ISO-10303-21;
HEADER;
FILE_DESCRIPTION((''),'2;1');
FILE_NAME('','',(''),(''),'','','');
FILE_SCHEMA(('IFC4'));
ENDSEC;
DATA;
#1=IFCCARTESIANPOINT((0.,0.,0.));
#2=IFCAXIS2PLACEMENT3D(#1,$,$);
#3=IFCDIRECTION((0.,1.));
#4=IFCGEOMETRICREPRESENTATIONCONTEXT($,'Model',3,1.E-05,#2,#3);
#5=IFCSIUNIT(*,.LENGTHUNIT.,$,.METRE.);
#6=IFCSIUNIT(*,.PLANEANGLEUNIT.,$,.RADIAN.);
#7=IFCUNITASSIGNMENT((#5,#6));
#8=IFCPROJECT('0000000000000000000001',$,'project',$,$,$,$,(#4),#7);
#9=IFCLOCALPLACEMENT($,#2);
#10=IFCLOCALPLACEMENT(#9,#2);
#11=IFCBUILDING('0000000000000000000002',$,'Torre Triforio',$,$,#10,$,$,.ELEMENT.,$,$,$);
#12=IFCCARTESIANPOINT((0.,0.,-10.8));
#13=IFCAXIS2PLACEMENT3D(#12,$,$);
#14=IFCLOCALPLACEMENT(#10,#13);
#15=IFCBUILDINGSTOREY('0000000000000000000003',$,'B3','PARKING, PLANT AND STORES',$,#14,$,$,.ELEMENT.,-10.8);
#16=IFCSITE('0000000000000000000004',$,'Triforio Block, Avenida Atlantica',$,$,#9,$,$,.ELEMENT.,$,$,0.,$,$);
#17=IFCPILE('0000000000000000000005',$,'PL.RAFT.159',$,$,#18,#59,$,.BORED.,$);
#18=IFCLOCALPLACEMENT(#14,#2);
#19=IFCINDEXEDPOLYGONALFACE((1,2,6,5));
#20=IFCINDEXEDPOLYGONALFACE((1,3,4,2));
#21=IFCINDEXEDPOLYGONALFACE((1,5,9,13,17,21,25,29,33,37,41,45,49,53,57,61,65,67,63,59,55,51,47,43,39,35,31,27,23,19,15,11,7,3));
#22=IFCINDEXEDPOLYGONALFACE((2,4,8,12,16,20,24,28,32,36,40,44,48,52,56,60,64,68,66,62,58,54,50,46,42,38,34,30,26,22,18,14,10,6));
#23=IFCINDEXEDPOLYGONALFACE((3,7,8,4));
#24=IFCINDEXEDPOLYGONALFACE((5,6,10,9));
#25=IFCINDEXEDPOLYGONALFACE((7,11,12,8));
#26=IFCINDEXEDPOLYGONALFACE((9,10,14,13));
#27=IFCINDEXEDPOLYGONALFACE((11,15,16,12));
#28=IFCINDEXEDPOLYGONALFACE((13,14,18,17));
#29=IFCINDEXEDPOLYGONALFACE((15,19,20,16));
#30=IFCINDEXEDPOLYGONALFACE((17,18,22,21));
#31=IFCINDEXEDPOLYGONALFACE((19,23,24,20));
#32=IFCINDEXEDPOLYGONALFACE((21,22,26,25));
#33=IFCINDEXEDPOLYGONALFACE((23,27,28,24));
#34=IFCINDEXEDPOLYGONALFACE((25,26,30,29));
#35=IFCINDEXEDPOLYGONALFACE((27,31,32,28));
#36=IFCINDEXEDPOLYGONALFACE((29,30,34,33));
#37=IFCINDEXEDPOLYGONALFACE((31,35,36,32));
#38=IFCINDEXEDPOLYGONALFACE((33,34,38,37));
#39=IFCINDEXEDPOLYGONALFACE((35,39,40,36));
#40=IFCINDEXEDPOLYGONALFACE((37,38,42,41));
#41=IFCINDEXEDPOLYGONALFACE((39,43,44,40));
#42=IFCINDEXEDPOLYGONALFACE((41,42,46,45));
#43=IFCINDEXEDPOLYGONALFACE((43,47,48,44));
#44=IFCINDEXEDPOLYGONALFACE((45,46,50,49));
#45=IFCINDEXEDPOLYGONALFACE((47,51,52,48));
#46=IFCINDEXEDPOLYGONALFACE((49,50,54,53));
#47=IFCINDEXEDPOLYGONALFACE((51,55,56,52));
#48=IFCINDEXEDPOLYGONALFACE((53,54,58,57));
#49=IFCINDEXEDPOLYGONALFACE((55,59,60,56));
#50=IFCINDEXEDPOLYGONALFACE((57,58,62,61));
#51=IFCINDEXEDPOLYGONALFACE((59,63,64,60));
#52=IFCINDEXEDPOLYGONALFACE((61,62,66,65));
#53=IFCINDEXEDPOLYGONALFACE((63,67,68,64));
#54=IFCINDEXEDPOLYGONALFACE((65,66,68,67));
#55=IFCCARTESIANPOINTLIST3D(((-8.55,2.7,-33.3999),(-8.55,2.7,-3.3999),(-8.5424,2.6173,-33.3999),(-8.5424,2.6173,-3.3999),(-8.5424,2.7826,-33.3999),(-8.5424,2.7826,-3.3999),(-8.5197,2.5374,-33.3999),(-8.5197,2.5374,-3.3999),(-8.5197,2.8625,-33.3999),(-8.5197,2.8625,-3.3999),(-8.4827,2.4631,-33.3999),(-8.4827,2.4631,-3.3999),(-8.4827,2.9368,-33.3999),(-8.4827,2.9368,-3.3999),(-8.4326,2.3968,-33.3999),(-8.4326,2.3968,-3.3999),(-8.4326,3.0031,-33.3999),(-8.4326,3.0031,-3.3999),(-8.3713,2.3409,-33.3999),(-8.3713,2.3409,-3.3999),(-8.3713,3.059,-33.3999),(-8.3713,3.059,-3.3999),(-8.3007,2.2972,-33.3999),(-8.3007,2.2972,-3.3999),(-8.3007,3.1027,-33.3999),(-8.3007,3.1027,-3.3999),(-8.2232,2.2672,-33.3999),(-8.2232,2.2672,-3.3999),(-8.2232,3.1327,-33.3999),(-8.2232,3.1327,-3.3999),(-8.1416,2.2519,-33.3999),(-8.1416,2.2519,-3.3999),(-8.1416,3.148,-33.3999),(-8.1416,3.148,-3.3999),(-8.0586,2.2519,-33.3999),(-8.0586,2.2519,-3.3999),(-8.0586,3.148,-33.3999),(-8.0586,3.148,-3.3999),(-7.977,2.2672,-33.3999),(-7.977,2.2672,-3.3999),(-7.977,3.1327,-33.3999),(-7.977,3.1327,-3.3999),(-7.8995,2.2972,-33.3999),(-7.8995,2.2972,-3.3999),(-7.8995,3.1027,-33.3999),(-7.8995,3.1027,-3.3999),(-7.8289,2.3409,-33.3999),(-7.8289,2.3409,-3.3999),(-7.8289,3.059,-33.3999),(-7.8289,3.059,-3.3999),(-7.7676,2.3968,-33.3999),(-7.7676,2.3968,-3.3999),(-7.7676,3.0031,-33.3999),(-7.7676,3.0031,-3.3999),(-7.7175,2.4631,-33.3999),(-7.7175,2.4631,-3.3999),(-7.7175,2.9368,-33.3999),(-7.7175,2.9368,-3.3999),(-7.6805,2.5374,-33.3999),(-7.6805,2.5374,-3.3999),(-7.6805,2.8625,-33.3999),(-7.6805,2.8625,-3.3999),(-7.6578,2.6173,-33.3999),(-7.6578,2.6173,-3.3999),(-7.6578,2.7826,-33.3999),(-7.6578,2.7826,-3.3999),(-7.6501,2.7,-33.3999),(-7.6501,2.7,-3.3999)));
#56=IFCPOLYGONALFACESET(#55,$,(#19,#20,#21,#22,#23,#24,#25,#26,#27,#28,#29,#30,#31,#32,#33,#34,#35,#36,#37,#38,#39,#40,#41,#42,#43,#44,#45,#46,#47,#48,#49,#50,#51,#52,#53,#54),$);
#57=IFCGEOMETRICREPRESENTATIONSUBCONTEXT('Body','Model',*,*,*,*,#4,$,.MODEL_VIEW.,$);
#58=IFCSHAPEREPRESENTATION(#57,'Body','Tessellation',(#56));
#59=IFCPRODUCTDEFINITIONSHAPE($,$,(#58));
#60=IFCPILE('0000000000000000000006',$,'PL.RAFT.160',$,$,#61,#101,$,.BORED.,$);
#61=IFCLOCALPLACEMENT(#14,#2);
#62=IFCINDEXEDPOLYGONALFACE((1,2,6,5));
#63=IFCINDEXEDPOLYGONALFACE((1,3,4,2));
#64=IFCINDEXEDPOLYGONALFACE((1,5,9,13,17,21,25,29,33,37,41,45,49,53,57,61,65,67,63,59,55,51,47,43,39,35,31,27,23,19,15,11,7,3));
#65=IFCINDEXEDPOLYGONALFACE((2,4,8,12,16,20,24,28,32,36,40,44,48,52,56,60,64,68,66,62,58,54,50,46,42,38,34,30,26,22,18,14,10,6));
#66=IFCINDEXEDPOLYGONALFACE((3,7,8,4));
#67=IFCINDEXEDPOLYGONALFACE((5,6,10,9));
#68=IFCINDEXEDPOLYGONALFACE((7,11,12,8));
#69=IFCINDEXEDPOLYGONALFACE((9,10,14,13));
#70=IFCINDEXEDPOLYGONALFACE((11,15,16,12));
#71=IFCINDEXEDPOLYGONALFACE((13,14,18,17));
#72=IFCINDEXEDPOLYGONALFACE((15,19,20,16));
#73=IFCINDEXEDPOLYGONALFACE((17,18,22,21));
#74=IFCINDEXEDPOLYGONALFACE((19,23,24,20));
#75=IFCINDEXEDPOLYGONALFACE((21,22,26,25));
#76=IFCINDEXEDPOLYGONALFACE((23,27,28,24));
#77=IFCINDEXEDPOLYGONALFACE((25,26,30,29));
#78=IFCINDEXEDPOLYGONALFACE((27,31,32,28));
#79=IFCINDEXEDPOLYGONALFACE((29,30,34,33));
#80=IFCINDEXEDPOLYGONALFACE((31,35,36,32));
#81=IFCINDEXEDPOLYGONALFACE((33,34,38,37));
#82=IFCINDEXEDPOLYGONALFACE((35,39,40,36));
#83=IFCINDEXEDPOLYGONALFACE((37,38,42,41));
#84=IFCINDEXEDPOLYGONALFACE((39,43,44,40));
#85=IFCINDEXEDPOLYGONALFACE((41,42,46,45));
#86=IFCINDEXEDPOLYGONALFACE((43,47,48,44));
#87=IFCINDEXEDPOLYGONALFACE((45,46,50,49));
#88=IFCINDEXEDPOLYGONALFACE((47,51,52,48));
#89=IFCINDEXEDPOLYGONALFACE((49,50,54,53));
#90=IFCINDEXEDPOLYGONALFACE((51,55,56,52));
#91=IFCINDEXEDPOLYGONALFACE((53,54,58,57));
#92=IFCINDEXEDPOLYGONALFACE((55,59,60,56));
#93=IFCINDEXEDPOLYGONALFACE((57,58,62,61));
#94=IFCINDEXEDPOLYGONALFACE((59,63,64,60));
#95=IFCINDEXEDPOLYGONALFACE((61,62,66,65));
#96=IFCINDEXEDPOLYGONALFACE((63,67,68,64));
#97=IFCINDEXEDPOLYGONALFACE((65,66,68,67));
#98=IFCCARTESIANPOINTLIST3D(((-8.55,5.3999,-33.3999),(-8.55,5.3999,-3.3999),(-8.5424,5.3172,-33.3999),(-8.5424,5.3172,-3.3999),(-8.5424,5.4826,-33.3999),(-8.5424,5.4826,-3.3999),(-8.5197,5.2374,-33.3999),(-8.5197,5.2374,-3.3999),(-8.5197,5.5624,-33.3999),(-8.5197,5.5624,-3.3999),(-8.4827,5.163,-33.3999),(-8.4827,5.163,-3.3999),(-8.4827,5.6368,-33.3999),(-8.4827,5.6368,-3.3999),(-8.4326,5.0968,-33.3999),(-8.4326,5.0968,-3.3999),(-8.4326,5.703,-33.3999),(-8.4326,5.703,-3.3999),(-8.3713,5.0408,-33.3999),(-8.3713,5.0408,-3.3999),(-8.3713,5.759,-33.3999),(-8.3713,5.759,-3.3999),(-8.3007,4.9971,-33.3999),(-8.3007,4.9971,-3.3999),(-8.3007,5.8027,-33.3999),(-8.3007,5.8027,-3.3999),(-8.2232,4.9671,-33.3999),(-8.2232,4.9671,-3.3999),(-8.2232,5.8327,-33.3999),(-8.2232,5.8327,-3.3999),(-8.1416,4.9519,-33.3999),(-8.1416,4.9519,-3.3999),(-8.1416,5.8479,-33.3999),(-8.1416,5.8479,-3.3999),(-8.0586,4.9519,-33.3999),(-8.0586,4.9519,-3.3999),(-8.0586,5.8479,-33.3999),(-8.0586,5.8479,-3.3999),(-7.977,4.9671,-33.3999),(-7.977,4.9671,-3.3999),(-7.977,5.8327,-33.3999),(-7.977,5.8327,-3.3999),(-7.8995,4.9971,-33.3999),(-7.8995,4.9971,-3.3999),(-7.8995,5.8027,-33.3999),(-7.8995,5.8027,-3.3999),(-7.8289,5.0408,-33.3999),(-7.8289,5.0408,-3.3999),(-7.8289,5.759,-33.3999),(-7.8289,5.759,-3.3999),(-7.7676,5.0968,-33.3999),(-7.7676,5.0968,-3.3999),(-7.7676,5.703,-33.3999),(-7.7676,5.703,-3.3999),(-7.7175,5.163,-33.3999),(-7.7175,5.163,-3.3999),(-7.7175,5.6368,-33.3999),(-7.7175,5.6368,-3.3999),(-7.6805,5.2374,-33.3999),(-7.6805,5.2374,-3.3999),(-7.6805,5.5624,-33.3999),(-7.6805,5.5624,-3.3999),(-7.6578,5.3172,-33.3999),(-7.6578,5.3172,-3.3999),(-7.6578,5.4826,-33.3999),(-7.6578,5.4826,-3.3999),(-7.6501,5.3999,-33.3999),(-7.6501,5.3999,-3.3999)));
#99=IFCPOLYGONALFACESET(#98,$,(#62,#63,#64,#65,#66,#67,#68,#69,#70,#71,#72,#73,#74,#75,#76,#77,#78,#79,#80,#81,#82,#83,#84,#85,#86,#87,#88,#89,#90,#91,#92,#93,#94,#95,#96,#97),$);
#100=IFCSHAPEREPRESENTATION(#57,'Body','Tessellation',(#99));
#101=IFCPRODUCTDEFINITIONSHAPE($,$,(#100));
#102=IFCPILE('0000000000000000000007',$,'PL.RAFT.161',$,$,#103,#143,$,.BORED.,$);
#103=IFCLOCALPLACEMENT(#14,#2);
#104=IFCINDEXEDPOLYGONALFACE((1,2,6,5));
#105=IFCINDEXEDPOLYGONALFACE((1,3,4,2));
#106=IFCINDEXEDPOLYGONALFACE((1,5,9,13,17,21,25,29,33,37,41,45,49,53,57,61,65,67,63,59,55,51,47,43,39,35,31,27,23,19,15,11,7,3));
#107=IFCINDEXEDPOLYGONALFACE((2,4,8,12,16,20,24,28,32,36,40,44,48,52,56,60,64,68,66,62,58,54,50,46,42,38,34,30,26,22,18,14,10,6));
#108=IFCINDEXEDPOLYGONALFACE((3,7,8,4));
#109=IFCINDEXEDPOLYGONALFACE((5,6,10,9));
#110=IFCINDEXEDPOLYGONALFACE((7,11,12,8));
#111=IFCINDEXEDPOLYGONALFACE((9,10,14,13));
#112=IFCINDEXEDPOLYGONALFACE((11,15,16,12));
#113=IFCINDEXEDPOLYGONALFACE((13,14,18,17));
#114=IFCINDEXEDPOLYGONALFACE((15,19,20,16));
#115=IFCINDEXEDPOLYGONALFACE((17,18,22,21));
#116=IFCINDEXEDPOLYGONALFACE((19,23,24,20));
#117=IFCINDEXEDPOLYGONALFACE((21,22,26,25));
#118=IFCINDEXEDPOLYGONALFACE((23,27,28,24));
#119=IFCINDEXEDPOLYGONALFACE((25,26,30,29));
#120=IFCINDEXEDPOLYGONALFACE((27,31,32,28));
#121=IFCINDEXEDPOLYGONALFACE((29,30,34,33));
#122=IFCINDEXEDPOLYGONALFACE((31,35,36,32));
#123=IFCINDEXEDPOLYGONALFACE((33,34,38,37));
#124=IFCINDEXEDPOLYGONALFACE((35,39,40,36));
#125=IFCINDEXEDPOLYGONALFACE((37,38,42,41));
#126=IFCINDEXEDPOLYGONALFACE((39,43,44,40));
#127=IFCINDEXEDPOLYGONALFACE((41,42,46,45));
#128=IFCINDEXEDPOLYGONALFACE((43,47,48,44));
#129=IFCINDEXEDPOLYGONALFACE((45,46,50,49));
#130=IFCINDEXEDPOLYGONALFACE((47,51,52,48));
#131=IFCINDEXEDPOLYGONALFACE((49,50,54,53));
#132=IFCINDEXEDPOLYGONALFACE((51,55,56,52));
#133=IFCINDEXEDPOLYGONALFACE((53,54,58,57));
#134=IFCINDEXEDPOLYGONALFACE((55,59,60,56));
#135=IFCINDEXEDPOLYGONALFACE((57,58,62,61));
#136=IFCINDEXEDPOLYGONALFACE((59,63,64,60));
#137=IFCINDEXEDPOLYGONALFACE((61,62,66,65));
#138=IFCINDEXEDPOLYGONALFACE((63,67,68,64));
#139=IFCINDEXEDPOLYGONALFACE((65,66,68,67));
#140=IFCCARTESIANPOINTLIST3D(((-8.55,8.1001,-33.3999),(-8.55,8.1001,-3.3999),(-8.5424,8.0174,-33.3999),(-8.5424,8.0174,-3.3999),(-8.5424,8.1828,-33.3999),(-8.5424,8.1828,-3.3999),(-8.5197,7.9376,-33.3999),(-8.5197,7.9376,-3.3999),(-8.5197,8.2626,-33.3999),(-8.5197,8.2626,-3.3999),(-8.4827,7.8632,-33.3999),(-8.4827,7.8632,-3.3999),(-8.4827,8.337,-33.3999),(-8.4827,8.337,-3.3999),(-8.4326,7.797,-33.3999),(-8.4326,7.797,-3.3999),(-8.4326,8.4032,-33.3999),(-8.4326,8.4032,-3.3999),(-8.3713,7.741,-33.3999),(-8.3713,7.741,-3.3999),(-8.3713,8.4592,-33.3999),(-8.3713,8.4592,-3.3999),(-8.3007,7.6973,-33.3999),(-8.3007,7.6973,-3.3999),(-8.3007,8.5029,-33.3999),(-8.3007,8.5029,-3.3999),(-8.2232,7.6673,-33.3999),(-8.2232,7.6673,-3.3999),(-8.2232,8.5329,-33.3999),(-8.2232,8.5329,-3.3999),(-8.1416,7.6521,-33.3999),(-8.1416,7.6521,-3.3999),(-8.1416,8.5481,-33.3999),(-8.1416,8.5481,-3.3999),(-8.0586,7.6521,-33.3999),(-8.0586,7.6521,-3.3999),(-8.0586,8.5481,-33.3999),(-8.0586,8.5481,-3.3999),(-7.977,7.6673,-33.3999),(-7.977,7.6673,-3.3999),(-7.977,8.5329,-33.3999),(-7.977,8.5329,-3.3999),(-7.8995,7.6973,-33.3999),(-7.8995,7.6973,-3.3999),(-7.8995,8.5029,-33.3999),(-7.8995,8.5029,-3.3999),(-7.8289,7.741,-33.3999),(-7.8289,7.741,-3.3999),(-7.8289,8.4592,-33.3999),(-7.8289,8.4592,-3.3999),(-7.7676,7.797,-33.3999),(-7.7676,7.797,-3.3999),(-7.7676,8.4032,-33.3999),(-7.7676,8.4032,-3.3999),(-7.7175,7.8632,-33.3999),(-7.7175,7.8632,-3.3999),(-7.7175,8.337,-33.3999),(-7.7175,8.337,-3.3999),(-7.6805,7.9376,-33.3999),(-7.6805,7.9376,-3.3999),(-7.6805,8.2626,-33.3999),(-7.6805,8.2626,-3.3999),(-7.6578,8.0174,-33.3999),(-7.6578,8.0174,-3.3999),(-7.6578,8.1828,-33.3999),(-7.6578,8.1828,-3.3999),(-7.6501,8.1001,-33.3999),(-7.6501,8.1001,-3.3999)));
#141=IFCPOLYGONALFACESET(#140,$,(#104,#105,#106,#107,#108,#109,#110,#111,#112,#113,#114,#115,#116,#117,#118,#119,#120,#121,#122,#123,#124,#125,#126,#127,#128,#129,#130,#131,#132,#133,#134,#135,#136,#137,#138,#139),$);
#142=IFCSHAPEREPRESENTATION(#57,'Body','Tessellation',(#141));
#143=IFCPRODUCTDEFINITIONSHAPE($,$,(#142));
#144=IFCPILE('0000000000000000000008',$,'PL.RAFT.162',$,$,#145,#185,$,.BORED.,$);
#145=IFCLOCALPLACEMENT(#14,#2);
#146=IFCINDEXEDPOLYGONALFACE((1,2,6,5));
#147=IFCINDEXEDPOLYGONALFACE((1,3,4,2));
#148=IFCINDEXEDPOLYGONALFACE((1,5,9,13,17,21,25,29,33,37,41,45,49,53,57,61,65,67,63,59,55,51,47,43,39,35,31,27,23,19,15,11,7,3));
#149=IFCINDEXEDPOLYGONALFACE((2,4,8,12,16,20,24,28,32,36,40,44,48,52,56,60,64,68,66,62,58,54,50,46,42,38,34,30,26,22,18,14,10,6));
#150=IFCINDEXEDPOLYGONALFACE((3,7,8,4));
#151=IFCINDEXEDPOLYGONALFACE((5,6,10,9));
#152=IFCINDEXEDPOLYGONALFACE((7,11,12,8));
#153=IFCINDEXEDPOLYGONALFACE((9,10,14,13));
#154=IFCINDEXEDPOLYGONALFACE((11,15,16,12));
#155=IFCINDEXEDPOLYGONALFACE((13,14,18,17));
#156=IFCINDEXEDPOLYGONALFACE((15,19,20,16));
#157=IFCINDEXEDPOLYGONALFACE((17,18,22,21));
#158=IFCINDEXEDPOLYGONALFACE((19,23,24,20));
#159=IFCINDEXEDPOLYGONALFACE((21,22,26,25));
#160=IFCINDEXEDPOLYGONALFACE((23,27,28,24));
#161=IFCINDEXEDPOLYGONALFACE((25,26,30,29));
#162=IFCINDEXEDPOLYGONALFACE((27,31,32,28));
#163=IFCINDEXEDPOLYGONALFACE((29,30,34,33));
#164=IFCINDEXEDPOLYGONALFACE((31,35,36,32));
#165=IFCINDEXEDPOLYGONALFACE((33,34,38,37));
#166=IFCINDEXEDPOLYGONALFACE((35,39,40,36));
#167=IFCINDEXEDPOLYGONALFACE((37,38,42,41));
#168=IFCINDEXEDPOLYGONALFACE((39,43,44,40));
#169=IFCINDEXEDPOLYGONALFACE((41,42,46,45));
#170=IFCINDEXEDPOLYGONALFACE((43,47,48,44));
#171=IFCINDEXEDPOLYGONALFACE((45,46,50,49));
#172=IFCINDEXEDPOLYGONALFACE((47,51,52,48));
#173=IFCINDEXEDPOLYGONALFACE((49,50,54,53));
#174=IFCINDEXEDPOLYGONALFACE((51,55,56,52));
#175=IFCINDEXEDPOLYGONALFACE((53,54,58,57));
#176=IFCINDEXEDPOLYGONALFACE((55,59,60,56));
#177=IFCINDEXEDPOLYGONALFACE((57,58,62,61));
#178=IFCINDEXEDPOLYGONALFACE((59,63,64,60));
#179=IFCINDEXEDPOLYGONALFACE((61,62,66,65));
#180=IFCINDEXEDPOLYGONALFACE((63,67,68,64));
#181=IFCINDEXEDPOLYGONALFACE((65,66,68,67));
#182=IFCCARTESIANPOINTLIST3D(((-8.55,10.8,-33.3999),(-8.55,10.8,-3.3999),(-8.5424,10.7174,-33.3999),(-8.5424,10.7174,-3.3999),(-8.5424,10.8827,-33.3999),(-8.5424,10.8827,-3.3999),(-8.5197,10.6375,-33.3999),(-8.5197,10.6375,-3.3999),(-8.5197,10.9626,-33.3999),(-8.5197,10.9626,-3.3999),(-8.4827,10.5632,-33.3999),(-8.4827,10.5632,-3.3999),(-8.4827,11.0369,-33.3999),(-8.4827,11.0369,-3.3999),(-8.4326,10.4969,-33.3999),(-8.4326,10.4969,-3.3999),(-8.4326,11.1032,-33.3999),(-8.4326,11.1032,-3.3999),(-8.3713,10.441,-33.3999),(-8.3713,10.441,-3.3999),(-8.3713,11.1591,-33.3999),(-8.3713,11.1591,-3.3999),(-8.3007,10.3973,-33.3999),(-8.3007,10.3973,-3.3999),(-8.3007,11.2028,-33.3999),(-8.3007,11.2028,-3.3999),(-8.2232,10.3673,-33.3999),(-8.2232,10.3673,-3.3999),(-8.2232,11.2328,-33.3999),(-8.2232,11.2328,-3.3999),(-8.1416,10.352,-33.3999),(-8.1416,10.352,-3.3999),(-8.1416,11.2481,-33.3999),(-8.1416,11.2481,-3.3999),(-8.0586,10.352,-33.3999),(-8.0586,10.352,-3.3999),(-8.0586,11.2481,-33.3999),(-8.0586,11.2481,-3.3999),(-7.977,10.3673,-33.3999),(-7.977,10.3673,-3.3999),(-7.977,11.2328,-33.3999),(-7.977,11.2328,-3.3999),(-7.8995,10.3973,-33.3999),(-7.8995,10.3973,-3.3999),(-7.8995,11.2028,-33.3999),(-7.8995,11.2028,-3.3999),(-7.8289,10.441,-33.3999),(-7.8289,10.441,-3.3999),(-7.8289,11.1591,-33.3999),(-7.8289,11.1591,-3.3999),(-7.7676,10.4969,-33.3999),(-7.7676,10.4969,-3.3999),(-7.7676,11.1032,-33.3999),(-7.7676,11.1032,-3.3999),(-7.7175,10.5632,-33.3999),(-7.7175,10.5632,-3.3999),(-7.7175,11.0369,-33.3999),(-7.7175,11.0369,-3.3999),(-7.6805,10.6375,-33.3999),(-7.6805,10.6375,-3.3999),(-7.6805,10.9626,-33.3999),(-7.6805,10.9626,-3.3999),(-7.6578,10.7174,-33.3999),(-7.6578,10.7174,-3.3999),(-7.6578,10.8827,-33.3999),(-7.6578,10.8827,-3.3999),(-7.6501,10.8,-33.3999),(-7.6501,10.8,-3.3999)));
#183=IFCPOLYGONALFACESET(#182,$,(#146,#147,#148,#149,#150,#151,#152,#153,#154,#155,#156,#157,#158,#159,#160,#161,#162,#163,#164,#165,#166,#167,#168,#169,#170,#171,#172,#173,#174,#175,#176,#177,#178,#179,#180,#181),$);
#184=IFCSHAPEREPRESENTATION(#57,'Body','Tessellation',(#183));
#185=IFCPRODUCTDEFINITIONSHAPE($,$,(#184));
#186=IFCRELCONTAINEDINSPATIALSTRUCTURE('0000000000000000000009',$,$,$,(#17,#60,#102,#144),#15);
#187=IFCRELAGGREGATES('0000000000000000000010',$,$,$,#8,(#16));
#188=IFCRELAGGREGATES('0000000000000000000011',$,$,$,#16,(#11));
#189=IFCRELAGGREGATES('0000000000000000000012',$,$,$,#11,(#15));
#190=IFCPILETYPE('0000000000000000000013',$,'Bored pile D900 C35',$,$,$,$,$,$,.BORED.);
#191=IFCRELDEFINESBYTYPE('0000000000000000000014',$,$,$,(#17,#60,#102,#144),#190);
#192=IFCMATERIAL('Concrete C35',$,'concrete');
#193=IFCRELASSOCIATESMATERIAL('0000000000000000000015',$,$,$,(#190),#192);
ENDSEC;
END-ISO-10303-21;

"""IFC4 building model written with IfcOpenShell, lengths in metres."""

from ifc_helpers import new_model, si_unit, direction, frame, origin, origin_2d, place, context, subcontext, project, spatial, circle, extrude, material, material_profile, profile_set, type_object, element, save


model = new_model("IFC4")

# Units and contexts
model_context = context("Model", 3, precision=1e-05, world=origin(), true_north=direction((0.0, 1.0)))
body_context = subcontext(model_context, "Body", "Model", "MODEL_VIEW")
ifc_project = project(units=[si_unit("LENGTHUNIT", "METRE"), si_unit("PLANEANGLEUNIT", "RADIAN")], contexts=[model_context])

# Site, building, storey
site_placement = place(None, origin())
site = spatial("IfcSite", under=ifc_project, at=site_placement, Name="Triforio Block, Avenida Atlantica", CompositionType="ELEMENT", RefElevation=0.0)
building_placement = place(site_placement, origin())
building = spatial("IfcBuilding", under=site, at=building_placement, Name="Torre Triforio", CompositionType="ELEMENT")
storey_placement = place(building_placement, frame((0.0, 0.0, -10.8)))
storey = spatial("IfcBuildingStorey", under=building, at=storey_placement, Name="B3", Description="PARKING, PLANT AND STORES", CompositionType="ELEMENT", Elevation=-10.8)

# Piles
ifc_material_1 = material(Name="Concrete C35", Category="concrete")
ifc_material_profile = material_profile(ifc_material_1, circle(Radius=0.45, at=origin_2d()), Name="RC D900")
ifc_profile_set = profile_set([ifc_material_profile], Name="Concrete C35")
pile_type = type_object("IfcPileType", Name="Bored pile D900 C35", PredefinedType="BORED", material=ifc_profile_set)
for number, where, z_axis, x_axis, name in (
    (1, (-8.1001, 2.7, -3.3999), (0.0, 0.0, -1.0), (1.0, 0.0, 0.0), "PL.RAFT.159"),
    (2, (-8.1001, 5.3999, -3.3999), (0.0, 0.0, -1.0), (1.0, 0.0, 0.0), "PL.RAFT.160"),
    (3, (-8.1001, 8.1001, -3.3999), (0.0, 0.0, -1.0), (1.0, 0.0, 0.0), "PL.RAFT.161"),
    (4, (-8.1001, 10.8, -3.3999), (0.0, 0.0, -1.0), (1.0, 0.0, 0.0), "PL.RAFT.162"),
):
    element("IfcPile", number, at=place(storey_placement, frame(where, z_axis=z_axis, x_axis=x_axis)), inside=storey, type_object=pile_type, Name=name, PredefinedType="BORED", context=body_context, shape_type="SweptSolid", body=[
        extrude(circle(Radius=0.45, at=origin_2d()), origin(), (0.0, 0.0, 1.0), 30.0),
    ])

save(model, "model.ifc")
